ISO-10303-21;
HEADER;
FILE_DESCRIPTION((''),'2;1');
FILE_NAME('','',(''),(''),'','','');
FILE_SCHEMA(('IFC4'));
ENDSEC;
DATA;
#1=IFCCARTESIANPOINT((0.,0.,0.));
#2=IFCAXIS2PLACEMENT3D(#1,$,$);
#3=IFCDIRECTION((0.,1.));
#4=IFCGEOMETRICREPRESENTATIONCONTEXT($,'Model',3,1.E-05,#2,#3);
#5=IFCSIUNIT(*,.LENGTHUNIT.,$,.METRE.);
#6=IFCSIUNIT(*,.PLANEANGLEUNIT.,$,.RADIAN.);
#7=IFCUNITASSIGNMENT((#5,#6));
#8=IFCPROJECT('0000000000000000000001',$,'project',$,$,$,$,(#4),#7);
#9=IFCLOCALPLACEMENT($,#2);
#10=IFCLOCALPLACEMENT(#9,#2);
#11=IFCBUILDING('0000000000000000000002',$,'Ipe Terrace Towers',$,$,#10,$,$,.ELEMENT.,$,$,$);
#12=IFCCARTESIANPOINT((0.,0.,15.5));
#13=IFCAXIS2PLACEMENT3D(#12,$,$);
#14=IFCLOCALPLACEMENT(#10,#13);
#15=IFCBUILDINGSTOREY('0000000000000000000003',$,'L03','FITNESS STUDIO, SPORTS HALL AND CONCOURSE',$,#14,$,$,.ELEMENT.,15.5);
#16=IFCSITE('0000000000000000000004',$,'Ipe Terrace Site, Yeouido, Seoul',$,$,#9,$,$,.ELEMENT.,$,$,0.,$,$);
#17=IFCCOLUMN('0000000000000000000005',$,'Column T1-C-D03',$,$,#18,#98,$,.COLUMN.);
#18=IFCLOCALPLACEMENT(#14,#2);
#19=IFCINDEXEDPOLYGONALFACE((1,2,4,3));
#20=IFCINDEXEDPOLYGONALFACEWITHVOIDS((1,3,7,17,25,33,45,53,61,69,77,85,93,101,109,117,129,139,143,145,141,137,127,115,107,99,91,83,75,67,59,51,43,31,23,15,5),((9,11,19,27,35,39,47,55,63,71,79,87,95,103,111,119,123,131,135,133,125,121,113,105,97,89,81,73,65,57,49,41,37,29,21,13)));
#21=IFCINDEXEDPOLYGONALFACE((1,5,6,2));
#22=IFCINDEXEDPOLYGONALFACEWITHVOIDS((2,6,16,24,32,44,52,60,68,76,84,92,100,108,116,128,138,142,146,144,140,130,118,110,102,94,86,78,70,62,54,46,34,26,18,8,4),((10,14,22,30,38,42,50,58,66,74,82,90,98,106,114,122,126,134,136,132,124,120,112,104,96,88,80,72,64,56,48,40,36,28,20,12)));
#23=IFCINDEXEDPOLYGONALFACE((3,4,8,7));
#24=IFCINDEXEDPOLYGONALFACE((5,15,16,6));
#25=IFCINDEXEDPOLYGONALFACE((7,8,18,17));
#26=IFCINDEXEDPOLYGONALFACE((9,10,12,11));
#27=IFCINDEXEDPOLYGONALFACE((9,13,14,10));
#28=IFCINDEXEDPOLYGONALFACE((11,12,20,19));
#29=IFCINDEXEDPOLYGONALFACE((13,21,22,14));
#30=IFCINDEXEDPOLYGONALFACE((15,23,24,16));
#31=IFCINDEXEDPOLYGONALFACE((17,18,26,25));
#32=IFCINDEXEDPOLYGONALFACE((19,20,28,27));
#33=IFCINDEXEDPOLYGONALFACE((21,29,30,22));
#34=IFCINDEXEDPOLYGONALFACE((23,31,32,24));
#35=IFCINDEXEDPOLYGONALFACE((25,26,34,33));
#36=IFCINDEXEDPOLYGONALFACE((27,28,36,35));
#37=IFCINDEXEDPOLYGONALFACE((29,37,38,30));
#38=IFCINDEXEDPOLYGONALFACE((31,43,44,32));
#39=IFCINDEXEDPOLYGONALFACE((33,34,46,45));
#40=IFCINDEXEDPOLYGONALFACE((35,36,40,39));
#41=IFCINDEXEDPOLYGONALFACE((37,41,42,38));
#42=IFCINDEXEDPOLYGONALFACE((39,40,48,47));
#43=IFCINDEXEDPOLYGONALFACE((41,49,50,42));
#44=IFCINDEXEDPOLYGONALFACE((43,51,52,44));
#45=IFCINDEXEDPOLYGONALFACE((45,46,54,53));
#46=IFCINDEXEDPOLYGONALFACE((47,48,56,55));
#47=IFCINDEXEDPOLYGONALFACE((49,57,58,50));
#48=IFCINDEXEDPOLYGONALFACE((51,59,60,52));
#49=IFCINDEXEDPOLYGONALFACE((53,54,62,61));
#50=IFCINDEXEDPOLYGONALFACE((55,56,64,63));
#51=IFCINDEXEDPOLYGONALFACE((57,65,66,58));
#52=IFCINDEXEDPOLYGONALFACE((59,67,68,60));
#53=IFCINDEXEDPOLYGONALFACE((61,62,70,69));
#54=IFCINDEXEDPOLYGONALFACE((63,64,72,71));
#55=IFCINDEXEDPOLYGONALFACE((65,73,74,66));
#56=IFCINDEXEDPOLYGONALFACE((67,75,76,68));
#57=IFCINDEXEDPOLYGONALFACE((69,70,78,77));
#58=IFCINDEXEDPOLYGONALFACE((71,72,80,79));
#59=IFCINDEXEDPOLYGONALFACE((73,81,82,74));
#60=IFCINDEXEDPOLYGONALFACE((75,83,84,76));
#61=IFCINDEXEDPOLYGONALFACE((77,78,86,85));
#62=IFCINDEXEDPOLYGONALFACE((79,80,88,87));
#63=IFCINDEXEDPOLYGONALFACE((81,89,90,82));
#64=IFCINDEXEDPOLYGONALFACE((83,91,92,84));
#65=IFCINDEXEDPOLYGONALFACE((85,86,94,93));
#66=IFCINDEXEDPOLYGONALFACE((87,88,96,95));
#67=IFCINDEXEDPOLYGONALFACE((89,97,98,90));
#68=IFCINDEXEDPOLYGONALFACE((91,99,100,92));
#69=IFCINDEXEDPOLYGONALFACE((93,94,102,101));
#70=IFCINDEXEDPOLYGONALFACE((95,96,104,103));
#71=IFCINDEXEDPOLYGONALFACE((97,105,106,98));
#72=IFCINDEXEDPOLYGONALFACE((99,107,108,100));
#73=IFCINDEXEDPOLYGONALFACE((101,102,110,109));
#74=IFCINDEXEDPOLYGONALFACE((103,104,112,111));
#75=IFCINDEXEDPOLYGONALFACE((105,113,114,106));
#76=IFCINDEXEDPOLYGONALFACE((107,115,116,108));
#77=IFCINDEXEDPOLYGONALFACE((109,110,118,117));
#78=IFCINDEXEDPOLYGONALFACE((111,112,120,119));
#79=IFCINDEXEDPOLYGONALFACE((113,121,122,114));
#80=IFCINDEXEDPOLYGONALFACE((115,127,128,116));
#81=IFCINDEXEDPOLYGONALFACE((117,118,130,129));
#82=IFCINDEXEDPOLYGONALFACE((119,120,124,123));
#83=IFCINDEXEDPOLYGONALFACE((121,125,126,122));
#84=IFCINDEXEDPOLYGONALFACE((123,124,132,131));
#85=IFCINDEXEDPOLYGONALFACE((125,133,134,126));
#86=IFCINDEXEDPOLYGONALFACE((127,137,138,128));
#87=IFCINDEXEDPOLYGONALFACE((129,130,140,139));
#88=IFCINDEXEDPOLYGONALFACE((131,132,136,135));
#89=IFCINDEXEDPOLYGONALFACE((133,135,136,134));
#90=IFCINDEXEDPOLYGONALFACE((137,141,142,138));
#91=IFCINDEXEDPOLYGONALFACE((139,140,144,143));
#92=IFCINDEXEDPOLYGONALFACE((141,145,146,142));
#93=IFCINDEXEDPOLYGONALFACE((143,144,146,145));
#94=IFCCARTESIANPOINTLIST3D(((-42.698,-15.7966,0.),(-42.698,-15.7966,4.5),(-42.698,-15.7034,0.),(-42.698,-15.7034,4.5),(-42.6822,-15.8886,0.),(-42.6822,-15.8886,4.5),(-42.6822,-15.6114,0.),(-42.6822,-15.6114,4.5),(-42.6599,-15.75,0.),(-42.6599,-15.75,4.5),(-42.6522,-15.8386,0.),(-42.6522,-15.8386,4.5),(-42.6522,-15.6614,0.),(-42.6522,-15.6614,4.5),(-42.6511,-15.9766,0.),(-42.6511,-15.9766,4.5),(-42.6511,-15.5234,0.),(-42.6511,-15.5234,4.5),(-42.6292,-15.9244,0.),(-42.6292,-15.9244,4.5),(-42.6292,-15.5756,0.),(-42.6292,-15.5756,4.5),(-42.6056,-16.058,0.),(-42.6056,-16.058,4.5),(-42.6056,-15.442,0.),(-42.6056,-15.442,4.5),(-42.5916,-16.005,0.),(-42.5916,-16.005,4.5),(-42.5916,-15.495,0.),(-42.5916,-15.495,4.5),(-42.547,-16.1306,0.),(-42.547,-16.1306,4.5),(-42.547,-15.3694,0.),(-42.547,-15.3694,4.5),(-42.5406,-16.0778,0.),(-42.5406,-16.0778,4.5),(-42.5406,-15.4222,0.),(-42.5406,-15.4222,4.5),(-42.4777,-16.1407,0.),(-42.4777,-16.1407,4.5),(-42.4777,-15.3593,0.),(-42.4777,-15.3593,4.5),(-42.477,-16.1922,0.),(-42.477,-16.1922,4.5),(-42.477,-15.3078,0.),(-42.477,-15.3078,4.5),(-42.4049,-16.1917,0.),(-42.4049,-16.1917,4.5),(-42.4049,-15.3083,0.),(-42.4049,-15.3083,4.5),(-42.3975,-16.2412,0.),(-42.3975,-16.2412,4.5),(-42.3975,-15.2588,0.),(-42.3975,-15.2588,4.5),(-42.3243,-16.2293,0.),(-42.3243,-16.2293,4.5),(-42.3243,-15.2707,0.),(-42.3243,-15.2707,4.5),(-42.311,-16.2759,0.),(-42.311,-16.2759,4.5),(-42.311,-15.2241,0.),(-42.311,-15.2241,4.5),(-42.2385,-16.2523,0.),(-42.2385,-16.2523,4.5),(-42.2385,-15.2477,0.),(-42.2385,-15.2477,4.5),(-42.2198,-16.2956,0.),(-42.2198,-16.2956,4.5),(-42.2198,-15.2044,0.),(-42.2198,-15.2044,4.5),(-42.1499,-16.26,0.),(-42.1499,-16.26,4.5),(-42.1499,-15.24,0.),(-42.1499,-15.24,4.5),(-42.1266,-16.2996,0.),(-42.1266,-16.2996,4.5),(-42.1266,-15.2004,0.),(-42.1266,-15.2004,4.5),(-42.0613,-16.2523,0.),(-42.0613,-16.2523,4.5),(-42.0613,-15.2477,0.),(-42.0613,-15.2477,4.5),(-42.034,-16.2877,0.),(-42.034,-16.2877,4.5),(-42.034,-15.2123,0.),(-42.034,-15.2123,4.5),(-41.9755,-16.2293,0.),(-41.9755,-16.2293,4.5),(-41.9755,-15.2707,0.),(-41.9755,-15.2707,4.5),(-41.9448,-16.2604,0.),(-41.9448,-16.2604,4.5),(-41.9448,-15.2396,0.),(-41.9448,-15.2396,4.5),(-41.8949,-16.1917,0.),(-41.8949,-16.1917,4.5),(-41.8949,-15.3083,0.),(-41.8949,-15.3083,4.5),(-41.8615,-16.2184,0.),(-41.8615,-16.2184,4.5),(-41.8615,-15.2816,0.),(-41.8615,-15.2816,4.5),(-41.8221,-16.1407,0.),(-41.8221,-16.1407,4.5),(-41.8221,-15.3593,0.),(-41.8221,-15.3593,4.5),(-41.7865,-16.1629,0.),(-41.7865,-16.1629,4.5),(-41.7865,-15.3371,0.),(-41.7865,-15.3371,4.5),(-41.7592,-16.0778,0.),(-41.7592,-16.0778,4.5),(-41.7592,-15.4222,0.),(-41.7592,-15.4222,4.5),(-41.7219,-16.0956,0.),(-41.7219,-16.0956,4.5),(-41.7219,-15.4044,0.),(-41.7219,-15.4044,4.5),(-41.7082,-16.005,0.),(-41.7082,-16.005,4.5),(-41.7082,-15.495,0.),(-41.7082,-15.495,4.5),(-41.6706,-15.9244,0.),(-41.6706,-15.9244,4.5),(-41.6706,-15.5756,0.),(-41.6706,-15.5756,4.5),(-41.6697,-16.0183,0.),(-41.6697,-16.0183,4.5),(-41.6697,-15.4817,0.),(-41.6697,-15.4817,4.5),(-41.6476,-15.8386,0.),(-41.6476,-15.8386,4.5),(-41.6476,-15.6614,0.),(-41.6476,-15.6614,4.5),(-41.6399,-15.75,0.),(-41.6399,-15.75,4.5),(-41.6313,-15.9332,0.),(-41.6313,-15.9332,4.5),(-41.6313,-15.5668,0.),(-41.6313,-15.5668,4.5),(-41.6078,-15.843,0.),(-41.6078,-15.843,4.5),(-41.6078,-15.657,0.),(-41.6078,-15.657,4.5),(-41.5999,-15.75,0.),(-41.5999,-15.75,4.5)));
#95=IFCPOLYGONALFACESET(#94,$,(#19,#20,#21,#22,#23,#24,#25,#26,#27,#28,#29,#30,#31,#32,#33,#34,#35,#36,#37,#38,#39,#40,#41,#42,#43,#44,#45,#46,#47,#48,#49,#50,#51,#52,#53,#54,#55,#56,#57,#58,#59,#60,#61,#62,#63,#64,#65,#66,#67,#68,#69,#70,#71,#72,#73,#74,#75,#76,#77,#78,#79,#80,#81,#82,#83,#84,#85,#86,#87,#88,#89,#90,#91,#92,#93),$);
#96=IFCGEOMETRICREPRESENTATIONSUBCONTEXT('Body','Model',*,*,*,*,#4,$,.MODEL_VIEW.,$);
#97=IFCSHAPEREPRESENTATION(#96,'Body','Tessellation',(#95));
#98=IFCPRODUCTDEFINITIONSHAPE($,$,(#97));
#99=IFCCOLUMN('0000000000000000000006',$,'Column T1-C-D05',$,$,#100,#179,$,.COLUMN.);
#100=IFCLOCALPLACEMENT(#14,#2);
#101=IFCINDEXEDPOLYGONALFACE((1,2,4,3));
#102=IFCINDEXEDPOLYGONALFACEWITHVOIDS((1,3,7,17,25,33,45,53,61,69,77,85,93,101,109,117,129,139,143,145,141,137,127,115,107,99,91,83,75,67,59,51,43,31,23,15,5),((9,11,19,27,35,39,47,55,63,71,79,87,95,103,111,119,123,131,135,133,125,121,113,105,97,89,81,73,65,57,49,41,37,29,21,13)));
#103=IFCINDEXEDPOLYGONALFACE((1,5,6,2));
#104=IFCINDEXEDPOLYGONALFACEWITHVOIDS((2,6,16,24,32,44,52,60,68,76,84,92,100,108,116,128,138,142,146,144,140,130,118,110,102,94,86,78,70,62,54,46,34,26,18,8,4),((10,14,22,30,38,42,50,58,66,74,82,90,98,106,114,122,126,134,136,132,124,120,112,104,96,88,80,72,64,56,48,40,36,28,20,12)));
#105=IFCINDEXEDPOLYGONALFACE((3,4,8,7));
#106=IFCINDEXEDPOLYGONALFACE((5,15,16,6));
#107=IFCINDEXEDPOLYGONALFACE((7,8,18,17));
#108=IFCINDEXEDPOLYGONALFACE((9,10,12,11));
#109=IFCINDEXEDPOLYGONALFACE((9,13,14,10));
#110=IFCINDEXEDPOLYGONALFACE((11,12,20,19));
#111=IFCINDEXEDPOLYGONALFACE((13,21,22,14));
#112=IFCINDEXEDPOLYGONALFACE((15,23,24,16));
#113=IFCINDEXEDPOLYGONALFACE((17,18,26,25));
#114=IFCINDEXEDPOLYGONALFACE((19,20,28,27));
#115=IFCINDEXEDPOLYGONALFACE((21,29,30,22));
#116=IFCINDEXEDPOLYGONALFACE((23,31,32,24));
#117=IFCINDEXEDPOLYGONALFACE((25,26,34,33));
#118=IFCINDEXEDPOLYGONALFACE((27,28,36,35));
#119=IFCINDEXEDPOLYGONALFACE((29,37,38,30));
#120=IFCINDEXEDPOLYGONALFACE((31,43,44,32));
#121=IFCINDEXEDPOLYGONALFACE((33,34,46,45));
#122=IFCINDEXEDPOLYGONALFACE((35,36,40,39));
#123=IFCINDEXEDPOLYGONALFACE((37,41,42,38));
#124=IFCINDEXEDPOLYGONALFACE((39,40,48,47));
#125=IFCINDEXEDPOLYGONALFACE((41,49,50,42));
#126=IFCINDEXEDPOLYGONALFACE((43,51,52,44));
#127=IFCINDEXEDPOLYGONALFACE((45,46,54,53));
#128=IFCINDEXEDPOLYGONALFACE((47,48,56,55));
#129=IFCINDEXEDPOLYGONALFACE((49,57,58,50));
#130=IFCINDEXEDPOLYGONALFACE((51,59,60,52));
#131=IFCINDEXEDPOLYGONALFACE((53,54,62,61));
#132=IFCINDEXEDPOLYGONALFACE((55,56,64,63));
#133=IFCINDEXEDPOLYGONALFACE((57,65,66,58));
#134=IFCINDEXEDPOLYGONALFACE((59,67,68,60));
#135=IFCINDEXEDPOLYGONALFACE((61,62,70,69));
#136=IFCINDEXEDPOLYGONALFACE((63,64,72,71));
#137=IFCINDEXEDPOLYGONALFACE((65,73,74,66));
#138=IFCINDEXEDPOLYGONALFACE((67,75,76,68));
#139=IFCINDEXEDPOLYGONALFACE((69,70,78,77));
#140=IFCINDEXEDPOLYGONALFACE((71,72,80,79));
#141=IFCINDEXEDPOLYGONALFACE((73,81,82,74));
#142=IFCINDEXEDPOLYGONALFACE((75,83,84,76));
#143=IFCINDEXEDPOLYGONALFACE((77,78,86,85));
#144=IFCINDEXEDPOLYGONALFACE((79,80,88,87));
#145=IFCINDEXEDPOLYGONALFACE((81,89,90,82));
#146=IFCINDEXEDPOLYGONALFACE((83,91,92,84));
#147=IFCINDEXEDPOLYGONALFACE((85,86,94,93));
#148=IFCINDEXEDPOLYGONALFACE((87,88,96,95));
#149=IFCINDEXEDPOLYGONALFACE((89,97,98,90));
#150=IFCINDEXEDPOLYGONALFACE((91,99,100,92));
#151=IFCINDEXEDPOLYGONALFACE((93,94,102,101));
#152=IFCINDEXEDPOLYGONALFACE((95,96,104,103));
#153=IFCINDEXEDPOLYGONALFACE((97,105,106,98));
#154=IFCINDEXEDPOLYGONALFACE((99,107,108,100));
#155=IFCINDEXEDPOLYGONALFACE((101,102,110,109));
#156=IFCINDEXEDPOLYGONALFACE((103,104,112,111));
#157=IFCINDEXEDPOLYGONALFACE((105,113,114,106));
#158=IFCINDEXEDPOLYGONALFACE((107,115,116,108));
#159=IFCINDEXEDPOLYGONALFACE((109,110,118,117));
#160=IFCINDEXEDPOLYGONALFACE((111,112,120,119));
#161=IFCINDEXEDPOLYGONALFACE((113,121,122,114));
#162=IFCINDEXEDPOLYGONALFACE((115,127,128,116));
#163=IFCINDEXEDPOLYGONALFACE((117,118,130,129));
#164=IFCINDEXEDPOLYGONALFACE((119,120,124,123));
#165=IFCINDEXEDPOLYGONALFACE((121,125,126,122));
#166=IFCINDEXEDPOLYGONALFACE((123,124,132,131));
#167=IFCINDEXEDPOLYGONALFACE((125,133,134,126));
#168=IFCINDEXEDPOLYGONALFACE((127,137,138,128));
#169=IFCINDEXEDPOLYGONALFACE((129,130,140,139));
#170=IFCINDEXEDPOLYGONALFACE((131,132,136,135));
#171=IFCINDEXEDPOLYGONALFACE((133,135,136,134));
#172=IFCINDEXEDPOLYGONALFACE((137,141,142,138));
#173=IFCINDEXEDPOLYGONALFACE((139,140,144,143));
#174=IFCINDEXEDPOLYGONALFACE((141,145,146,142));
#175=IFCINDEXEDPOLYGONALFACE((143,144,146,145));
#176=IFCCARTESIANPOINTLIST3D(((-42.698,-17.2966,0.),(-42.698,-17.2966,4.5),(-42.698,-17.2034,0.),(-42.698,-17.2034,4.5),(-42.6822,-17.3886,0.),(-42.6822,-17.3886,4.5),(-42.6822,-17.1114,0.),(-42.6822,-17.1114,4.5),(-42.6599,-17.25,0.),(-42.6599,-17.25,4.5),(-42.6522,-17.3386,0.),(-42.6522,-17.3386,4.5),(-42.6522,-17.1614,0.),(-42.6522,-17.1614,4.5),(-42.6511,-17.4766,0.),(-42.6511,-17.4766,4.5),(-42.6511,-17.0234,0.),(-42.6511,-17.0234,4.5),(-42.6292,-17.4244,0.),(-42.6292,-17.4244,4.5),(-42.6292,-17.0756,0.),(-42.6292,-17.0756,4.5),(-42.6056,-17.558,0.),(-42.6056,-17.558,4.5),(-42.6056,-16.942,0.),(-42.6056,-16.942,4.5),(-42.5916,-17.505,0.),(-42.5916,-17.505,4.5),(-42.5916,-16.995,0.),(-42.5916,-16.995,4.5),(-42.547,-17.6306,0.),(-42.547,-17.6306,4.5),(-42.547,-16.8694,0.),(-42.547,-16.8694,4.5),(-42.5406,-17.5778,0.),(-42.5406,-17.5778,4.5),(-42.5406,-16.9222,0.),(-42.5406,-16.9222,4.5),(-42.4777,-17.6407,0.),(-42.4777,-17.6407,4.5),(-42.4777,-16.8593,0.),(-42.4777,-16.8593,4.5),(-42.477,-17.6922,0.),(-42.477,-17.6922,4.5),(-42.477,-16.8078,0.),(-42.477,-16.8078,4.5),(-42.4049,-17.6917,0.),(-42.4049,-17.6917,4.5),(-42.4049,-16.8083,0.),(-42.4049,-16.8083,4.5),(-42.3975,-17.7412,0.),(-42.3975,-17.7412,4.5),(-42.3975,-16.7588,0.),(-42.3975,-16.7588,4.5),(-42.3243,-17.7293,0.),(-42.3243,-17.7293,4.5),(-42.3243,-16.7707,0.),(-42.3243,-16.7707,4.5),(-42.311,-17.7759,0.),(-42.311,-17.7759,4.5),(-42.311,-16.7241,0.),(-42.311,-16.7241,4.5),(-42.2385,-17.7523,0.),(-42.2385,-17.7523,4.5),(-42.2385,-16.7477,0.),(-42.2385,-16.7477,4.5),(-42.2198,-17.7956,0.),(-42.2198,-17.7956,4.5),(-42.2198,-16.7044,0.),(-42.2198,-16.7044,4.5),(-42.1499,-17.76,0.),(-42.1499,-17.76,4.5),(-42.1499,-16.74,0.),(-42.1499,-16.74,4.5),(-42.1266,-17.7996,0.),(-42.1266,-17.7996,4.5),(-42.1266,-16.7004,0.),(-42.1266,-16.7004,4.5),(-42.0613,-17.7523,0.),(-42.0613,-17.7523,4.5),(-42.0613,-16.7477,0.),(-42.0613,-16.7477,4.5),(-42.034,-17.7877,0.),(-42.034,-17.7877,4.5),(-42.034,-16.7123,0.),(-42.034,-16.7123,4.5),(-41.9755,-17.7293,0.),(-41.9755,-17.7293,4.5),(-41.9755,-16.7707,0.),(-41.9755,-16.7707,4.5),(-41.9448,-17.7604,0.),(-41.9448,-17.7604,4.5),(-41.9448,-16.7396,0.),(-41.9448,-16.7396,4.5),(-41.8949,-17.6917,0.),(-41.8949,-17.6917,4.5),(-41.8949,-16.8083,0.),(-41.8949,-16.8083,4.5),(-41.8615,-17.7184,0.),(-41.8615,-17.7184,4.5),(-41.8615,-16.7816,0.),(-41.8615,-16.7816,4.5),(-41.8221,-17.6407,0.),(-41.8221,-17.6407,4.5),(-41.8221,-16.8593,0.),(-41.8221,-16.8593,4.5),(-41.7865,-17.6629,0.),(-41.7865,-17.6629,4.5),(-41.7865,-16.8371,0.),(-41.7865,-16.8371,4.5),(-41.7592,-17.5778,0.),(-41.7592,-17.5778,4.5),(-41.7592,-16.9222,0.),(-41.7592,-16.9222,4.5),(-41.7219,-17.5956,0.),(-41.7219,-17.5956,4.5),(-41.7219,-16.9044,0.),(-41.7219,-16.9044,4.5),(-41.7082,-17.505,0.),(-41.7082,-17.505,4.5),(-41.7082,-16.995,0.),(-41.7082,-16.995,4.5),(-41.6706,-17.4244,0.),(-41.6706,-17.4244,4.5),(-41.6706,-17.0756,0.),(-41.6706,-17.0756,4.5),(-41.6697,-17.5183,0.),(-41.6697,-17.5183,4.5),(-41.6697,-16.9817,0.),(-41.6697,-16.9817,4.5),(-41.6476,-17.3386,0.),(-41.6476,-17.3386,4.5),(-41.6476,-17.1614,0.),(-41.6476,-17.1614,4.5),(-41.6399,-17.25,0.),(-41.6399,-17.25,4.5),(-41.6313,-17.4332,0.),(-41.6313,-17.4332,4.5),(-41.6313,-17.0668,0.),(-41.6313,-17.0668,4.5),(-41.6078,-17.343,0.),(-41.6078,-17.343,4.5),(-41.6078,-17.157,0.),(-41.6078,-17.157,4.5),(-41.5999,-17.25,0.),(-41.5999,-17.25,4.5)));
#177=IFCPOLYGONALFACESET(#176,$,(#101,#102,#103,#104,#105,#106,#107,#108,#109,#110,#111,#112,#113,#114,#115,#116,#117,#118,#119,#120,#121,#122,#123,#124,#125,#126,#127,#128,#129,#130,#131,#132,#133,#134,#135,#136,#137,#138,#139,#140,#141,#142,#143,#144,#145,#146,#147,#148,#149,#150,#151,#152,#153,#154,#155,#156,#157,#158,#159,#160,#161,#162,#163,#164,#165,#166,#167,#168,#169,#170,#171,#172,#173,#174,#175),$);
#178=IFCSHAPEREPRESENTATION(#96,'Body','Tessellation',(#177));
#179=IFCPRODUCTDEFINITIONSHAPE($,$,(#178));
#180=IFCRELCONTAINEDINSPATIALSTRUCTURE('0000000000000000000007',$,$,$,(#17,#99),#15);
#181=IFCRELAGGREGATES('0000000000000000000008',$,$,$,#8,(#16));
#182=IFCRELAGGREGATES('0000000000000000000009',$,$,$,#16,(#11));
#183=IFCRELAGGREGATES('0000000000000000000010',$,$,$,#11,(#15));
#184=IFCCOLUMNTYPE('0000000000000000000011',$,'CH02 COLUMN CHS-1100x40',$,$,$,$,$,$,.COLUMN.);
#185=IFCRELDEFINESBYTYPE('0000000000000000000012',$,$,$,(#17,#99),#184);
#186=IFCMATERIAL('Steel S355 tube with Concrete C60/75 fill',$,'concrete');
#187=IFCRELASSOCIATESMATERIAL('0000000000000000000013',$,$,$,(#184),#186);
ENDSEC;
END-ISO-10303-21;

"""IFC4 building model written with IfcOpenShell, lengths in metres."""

from ifc_helpers import new_model, si_unit, direction, frame, origin, origin_2d, place, context, subcontext, project, spatial, hollow_circle, extrude, material, material_profile, profile_set, type_object, element, save


model = new_model("IFC4")

# Units and contexts
model_context = context("Model", 3, precision=1e-05, world=origin(), true_north=direction((0.0, 1.0)))
body_context = subcontext(model_context, "Body", "Model", "MODEL_VIEW")
ifc_project = project(units=[si_unit("LENGTHUNIT", "METRE"), si_unit("PLANEANGLEUNIT", "RADIAN")], contexts=[model_context])

# Site, building, storey
site_placement = place(None, origin())
site = spatial("IfcSite", under=ifc_project, at=site_placement, Name="Ipe Terrace Site, Yeouido, Seoul", CompositionType="ELEMENT", RefElevation=0.0)
building_placement = place(site_placement, origin())
building = spatial("IfcBuilding", under=site, at=building_placement, Name="Ipe Terrace Towers", CompositionType="ELEMENT")
storey_placement = place(building_placement, frame((0.0, 0.0, 15.5)))
storey = spatial("IfcBuildingStorey", under=building, at=storey_placement, Name="L03", Description="FITNESS STUDIO, SPORTS HALL AND CONCOURSE", CompositionType="ELEMENT", Elevation=15.5)

# Columns
ifc_material_1 = material(Name="Steel S355 tube with Concrete C60/75 fill", Category="concrete")
ifc_material_profile_1 = material_profile(ifc_material_1, hollow_circle(Radius=0.55, WallThickness=0.04, at=origin_2d()), Name="CHS-1100x40")
ifc_profile_set_1 = profile_set([ifc_material_profile_1], Name="Steel S355 tube with Concrete C60/75 fill")
column_type_1 = type_object("IfcColumnType", Name="CH02 COLUMN CHS-1100x40", PredefinedType="COLUMN", material=ifc_profile_set_1)
for number, where, z_axis, x_axis, name in (
    (1, (-42.1499, -15.75, 0.0), (0.0, 0.0, 1.0), (1.0, 0.0, 0.0), "Column T1-C-D03"),
    (2, (-42.1499, -17.25, 0.0), (0.0, 0.0, 1.0), (1.0, 0.0, 0.0), "Column T1-C-D05"),
):
    element("IfcColumn", number, at=place(storey_placement, frame(where, z_axis=z_axis, x_axis=x_axis)), inside=storey, type_object=column_type_1, Name=name, PredefinedType="COLUMN", context=body_context, shape_type="SweptSolid", body=[
        extrude(hollow_circle(Radius=0.55, WallThickness=0.04, at=origin_2d()), origin(), (0.0, 0.0, 1.0), 4.5),
    ])

save(model, "model.ifc")
